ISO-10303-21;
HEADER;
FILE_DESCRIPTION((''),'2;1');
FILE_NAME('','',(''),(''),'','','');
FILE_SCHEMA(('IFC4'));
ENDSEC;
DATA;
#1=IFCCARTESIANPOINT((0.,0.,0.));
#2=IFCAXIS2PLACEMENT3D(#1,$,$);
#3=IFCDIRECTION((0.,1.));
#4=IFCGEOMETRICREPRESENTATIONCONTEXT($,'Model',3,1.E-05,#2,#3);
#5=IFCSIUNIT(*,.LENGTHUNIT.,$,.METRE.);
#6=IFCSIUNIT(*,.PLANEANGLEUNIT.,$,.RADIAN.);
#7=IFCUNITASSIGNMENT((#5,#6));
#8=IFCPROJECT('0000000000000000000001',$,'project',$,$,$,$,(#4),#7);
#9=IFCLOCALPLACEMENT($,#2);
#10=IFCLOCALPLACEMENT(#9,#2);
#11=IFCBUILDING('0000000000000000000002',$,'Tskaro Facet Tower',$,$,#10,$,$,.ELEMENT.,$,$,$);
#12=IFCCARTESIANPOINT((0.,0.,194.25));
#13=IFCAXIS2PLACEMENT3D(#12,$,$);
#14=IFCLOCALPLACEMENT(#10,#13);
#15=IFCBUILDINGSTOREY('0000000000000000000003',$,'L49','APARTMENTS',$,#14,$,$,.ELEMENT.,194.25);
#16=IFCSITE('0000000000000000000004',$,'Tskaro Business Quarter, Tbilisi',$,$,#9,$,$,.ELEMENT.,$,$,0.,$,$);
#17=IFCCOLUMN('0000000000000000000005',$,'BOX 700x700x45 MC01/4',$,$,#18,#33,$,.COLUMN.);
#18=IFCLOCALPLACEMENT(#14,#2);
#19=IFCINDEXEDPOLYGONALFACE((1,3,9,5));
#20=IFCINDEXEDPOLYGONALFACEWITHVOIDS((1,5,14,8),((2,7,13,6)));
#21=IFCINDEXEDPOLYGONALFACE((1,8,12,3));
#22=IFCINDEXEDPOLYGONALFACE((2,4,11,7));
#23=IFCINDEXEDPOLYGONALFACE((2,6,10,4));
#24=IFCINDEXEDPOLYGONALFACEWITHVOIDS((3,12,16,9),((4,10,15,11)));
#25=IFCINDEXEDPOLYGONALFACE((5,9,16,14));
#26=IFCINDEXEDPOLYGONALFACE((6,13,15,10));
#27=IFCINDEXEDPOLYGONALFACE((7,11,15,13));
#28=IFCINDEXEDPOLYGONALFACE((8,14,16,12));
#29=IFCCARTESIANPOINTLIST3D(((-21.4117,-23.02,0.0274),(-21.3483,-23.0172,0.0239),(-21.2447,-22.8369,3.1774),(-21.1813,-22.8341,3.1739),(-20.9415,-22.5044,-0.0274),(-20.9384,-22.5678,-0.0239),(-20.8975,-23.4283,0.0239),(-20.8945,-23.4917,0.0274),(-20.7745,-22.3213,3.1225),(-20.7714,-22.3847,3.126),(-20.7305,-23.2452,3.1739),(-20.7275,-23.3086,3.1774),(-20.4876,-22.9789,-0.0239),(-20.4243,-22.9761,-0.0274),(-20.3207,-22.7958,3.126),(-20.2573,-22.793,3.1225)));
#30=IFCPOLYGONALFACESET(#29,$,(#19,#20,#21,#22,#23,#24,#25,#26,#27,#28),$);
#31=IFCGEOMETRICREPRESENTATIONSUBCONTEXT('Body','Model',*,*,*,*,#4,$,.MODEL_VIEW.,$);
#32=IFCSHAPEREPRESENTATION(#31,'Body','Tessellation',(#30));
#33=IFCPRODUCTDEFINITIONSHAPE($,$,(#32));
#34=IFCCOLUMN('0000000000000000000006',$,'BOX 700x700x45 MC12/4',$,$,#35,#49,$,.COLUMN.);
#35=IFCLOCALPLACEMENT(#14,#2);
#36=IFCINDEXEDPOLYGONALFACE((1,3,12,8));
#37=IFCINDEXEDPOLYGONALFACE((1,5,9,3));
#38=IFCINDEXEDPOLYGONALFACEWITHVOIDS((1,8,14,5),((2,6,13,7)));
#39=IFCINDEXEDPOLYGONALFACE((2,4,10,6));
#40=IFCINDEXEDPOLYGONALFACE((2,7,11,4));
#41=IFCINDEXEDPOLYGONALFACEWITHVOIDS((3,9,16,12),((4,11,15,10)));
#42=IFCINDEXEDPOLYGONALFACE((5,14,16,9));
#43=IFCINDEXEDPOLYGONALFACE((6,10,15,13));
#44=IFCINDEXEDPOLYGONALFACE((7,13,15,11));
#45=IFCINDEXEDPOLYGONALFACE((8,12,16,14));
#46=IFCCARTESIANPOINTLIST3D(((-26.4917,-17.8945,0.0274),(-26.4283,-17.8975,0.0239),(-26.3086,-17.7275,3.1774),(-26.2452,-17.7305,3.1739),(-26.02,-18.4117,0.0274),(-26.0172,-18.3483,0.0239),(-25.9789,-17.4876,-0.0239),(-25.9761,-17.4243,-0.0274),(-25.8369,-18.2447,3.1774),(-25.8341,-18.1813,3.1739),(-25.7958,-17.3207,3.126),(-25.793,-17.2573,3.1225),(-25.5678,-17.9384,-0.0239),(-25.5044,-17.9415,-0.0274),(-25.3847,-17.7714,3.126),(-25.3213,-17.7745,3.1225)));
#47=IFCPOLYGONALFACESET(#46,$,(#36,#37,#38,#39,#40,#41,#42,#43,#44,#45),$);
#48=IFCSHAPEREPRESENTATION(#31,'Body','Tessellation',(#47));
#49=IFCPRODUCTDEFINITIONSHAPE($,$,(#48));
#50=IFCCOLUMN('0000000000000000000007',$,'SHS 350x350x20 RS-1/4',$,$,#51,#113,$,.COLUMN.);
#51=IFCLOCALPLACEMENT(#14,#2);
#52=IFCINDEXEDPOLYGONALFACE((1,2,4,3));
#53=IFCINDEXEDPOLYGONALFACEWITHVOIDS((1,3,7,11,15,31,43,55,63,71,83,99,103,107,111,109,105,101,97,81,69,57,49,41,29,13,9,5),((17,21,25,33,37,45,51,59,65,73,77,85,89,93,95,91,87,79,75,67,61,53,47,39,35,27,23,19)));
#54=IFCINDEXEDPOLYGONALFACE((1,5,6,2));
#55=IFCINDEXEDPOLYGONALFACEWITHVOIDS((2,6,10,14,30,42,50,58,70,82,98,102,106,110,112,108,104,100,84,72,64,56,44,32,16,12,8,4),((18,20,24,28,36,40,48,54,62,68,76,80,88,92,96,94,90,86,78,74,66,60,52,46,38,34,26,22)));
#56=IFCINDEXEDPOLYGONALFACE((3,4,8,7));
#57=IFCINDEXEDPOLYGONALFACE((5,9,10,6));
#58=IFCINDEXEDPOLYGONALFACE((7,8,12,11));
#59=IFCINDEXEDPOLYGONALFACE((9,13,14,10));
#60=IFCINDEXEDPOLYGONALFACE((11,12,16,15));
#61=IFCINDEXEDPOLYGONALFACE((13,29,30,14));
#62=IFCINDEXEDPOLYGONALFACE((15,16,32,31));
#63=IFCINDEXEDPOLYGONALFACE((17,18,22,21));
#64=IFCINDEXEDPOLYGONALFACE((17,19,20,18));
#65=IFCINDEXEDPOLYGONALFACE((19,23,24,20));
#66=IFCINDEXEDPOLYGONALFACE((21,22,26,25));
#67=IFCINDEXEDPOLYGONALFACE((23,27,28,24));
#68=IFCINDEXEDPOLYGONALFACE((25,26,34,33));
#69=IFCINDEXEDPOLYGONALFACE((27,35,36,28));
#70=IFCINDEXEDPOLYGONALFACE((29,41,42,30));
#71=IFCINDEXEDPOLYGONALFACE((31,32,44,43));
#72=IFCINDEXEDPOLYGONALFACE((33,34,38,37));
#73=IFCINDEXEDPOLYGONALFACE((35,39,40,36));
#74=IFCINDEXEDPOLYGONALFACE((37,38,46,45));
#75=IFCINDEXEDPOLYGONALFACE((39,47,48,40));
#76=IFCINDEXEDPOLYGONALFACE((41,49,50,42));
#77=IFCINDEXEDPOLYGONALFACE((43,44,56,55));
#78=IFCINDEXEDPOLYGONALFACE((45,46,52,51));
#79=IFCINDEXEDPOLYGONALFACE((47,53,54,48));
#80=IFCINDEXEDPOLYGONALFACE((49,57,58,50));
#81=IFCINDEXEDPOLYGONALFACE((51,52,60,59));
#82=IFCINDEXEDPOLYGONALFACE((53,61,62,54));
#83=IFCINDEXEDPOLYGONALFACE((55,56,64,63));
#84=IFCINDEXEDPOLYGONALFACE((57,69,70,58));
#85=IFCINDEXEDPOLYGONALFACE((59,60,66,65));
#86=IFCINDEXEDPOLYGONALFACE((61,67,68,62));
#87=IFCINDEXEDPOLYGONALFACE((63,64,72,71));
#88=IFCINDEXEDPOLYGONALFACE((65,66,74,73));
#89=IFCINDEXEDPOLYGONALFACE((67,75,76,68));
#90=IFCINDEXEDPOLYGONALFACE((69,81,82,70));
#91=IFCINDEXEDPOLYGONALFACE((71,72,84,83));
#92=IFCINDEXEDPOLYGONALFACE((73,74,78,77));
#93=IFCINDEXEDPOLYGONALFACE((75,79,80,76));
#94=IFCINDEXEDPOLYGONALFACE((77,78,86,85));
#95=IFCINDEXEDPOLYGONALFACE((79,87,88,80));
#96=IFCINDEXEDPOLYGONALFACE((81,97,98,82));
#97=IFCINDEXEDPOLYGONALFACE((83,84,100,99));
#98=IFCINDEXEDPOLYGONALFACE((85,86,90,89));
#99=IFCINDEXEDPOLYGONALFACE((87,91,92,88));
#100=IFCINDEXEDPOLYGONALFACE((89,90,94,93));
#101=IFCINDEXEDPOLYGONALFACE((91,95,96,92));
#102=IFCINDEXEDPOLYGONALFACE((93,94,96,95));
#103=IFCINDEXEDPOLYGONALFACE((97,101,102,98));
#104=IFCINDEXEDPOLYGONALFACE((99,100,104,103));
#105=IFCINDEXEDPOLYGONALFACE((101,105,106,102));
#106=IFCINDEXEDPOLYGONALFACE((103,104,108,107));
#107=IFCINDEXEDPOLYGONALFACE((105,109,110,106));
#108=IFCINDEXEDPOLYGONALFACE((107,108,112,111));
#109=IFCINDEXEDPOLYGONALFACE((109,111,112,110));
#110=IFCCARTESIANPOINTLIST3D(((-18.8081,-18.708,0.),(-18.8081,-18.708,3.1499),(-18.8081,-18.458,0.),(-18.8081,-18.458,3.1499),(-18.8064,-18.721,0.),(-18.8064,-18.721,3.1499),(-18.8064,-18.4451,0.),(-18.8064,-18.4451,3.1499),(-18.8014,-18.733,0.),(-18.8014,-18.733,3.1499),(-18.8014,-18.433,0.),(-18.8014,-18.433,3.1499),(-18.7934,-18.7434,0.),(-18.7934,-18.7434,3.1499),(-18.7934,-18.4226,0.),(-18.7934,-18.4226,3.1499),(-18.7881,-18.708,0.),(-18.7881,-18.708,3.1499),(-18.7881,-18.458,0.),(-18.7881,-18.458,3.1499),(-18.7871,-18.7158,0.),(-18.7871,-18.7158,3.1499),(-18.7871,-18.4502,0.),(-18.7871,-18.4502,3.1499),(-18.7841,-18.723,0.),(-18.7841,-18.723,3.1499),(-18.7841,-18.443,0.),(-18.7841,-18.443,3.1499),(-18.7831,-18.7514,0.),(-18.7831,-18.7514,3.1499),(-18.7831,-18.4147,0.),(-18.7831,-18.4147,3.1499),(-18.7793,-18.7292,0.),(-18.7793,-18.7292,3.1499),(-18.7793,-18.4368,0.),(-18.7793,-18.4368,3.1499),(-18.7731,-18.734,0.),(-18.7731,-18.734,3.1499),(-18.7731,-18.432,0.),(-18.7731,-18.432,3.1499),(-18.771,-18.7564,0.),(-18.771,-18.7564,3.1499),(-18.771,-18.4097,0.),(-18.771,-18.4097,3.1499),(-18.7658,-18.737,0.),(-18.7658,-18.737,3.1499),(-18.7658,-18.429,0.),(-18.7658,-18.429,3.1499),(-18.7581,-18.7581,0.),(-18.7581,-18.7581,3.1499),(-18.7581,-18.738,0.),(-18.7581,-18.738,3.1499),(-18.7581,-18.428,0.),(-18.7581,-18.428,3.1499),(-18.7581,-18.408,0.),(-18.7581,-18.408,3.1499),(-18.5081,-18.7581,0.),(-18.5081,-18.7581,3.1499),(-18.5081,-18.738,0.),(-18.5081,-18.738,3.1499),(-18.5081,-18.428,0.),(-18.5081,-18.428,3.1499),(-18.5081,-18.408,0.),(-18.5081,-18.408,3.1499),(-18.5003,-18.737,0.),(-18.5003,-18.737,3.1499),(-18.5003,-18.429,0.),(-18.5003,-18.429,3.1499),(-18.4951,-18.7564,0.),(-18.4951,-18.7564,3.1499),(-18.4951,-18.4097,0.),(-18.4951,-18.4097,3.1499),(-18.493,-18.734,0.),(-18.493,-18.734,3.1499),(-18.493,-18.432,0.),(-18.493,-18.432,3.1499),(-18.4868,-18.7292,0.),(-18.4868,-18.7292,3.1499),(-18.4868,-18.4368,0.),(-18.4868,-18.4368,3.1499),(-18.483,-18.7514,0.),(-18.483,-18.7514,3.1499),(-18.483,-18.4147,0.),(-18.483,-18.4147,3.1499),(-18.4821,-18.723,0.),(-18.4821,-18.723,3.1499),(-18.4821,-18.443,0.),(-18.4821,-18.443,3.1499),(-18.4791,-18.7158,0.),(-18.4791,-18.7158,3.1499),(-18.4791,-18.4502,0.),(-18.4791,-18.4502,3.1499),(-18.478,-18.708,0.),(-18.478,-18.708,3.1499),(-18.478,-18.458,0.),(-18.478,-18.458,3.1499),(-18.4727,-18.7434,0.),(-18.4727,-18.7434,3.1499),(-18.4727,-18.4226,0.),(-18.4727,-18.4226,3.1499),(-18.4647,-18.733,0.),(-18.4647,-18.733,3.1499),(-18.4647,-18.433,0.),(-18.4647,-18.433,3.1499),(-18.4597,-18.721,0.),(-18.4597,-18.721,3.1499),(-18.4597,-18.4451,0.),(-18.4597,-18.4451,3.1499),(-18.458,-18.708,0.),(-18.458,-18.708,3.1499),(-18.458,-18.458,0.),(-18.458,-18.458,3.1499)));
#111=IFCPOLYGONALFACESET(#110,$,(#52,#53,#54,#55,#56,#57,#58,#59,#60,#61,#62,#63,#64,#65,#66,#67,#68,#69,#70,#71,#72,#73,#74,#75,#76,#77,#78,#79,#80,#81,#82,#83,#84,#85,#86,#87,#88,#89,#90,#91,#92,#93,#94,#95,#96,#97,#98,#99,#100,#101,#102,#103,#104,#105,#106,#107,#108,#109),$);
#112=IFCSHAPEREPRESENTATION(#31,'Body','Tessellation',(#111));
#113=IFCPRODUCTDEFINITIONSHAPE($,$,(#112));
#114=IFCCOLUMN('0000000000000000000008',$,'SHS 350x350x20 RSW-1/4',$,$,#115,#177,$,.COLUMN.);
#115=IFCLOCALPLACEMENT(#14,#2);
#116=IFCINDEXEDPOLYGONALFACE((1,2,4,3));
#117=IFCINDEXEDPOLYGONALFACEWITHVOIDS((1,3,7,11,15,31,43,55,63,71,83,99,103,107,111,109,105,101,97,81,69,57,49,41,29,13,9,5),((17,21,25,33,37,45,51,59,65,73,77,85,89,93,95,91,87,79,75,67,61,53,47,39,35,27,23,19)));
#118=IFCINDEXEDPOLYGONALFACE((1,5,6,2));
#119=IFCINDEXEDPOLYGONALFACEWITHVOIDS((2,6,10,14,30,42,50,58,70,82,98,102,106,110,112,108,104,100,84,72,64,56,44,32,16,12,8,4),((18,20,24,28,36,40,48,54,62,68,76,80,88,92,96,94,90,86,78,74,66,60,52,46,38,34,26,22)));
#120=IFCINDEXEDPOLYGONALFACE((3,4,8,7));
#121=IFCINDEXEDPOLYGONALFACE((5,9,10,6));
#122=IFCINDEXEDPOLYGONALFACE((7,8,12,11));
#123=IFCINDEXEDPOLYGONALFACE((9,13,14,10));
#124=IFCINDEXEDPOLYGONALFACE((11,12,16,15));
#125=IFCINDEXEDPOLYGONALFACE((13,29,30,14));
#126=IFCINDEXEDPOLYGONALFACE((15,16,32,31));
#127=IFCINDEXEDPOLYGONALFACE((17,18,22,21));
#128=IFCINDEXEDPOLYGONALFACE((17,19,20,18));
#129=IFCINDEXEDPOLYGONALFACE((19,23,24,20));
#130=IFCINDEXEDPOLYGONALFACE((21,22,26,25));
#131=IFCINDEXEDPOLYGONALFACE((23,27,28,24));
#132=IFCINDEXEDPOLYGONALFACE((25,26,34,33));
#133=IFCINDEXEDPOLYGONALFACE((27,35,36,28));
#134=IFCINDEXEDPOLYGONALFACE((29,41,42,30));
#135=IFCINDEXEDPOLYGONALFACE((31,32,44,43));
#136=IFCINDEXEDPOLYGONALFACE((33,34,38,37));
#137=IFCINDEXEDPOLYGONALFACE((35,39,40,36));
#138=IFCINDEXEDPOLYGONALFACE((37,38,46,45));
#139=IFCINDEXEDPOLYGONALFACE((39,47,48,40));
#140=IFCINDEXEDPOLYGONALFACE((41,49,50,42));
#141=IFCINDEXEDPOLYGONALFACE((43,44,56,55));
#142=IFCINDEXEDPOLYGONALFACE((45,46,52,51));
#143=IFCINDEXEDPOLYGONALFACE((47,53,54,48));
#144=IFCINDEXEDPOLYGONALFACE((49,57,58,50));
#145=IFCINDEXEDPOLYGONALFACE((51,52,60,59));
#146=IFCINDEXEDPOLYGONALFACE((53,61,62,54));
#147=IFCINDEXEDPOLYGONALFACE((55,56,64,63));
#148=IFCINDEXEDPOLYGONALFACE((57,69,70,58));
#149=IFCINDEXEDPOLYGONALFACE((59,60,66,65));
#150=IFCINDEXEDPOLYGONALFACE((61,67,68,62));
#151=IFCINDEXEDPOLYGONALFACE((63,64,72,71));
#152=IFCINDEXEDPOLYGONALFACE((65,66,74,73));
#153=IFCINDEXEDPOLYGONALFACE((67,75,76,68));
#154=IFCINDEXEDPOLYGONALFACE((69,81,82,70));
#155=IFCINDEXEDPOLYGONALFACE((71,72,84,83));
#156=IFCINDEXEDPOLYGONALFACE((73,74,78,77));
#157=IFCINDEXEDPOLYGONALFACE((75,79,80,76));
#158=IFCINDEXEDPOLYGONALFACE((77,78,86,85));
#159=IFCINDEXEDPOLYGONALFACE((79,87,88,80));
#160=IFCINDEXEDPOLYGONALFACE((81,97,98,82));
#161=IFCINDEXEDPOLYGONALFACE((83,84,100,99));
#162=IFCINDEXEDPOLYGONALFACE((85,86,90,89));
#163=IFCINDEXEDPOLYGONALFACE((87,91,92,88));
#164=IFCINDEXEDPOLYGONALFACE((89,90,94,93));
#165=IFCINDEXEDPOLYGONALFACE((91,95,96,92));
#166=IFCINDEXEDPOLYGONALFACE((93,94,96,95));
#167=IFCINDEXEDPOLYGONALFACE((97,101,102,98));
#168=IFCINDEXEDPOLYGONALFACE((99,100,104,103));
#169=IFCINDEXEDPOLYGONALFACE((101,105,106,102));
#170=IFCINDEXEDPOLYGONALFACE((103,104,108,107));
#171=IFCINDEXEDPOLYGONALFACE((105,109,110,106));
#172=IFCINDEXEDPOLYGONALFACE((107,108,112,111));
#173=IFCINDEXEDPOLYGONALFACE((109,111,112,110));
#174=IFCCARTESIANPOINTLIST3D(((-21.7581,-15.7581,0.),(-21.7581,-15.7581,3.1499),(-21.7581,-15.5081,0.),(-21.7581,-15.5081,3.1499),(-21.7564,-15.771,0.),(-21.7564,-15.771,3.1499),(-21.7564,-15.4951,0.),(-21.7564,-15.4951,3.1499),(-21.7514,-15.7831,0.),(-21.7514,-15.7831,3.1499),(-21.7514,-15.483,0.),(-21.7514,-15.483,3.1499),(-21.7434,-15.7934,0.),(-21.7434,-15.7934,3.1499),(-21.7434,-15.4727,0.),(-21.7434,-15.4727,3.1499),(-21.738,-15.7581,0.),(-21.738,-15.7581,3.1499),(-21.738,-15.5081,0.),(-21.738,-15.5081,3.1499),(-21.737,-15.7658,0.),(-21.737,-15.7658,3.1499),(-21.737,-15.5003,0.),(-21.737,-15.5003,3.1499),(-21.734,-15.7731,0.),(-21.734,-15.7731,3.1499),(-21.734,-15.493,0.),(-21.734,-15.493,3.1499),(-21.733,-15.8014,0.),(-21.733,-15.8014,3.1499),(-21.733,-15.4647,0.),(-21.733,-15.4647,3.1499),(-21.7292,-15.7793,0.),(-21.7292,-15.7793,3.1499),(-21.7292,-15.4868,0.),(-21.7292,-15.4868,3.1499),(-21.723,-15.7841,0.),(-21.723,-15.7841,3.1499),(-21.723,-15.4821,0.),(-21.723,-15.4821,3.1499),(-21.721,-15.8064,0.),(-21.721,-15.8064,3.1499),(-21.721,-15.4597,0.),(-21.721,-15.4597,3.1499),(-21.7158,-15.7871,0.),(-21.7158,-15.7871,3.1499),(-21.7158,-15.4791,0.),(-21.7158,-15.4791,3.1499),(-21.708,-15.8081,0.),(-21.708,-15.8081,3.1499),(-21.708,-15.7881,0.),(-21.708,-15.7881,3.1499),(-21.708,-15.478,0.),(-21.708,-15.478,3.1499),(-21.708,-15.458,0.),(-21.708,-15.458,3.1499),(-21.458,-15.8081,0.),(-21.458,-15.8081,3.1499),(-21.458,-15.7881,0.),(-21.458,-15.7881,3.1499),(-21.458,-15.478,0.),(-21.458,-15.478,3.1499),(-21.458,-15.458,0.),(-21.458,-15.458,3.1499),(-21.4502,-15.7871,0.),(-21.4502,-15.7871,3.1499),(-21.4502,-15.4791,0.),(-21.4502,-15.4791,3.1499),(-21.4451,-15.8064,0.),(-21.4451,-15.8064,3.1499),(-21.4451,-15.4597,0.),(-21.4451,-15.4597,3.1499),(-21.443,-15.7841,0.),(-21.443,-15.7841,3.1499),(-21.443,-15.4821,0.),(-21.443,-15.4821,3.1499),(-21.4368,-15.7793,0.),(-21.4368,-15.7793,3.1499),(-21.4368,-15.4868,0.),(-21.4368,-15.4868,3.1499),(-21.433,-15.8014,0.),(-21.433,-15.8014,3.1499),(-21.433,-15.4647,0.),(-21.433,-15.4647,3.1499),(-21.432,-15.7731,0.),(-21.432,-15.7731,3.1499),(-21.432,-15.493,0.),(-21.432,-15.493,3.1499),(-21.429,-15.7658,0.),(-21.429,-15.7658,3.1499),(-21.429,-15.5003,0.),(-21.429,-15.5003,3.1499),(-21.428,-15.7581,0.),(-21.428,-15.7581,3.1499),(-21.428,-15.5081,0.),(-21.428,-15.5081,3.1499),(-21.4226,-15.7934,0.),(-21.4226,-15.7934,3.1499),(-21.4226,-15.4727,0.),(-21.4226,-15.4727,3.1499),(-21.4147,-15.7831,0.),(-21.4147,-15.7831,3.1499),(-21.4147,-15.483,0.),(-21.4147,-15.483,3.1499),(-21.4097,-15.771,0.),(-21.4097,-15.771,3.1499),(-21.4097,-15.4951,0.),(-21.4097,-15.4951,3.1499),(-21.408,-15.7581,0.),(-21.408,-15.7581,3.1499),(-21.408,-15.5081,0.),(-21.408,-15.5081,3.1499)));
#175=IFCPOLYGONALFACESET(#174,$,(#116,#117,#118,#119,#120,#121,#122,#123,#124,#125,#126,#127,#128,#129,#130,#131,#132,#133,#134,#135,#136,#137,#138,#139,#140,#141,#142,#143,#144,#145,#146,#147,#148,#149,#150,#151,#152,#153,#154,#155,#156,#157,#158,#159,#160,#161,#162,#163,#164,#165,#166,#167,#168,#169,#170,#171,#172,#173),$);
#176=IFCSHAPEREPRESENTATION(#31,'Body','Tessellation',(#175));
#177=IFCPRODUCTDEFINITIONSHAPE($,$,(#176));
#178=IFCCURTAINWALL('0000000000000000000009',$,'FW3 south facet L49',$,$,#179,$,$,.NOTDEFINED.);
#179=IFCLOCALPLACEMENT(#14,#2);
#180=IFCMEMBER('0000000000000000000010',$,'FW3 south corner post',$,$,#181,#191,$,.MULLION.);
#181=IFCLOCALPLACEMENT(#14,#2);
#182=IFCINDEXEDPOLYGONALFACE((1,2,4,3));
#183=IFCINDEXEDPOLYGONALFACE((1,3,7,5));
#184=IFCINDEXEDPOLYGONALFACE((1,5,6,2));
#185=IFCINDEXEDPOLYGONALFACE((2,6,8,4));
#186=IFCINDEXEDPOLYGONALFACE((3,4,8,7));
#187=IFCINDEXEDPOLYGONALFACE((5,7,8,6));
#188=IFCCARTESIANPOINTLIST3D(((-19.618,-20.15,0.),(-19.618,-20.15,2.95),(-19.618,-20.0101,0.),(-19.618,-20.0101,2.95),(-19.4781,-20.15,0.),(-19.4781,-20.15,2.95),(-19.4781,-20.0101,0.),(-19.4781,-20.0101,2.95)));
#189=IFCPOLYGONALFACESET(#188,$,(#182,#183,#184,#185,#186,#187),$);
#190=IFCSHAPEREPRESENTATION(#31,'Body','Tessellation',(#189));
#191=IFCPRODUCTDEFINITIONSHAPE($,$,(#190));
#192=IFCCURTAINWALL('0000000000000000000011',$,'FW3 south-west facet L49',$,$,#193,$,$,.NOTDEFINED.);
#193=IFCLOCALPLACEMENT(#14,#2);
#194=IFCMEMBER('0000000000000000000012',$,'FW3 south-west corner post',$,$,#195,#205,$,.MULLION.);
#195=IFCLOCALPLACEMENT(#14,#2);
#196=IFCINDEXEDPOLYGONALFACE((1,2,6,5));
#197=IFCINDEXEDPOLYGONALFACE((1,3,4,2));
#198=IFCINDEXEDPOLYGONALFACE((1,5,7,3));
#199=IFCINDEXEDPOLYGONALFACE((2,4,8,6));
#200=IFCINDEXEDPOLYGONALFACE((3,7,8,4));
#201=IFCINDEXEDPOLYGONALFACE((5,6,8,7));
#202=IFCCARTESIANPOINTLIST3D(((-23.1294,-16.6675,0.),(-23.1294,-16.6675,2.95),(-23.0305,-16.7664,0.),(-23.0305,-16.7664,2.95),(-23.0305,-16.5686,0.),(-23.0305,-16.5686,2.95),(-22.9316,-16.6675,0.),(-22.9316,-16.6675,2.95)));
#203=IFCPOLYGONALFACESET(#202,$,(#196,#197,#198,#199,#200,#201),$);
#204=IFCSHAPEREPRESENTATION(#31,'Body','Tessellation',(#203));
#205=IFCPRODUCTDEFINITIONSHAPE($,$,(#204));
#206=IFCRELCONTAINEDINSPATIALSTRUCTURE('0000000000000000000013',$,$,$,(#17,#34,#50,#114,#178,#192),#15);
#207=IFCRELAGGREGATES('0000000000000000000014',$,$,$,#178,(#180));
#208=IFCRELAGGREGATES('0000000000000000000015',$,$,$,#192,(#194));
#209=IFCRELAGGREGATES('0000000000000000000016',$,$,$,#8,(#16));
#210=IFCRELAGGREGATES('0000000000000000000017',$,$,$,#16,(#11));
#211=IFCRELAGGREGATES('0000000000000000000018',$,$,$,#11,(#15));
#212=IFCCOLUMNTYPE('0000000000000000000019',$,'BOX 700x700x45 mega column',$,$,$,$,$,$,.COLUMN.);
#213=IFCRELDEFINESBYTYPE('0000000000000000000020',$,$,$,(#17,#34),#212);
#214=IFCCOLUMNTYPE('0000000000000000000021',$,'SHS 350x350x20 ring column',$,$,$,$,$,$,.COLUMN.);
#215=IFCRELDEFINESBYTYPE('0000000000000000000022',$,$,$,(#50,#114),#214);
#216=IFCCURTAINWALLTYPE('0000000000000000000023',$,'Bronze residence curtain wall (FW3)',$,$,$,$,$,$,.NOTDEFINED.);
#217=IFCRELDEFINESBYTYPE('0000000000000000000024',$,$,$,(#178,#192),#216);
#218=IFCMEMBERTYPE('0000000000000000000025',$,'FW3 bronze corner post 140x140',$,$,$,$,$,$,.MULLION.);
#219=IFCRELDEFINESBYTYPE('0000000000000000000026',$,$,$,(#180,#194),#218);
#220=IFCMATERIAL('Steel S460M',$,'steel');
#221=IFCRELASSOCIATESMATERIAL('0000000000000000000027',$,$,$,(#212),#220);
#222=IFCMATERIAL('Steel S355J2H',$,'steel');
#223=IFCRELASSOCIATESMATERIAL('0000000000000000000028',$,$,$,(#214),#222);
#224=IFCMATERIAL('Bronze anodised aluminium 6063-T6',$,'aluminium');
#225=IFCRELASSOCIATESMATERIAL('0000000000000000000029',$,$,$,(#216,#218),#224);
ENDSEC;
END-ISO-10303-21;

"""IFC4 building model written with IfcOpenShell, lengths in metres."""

from ifc_helpers import new_model, si_unit, direction, frame, origin, origin_2d, place, context, subcontext, project, spatial, rectangle, hollow_rectangle, extrude, material, material_profile, profile_set, type_object, element, aggregate, save


model = new_model("IFC4")

# Units and contexts
model_context = context("Model", 3, precision=1e-05, world=origin(), true_north=direction((0.0, 1.0)))
body_context = subcontext(model_context, "Body", "Model", "MODEL_VIEW")
ifc_project = project(units=[si_unit("LENGTHUNIT", "METRE"), si_unit("PLANEANGLEUNIT", "RADIAN")], contexts=[model_context])

# Site, building, storey
site_placement = place(None, origin())
site = spatial("IfcSite", under=ifc_project, at=site_placement, Name="Tskaro Business Quarter, Tbilisi", CompositionType="ELEMENT", RefElevation=0.0)
building_placement = place(site_placement, origin())
building = spatial("IfcBuilding", under=site, at=building_placement, Name="Tskaro Facet Tower", CompositionType="ELEMENT")
storey_placement = place(building_placement, frame((0.0, 0.0, 194.25)))
storey = spatial("IfcBuildingStorey", under=building, at=storey_placement, Name="L49", Description="APARTMENTS", CompositionType="ELEMENT", Elevation=194.25)

# Columns
ifc_material_1 = material(Name="Steel S460M", Category="steel")
ifc_material_profile_1 = material_profile(ifc_material_1, hollow_rectangle(XDim=0.7, YDim=0.7, WallThickness=0.0449, at=origin_2d()), Name="BOX 700x700x45")
ifc_profile_set_1 = profile_set([ifc_material_profile_1], Name="Steel S460M")
column_type_1 = type_object("IfcColumnType", Name="BOX 700x700x45 mega column", PredefinedType="COLUMN", material=ifc_profile_set_1)
for number, where, z_axis, x_axis, name in (
    (1, (-20.918, -22.998, 0.0), (0.052852, 0.057951, 0.996919), (-0.738869, 0.673849, 0.0), "BOX 700x700x45 MC01/4"),
    (2, (-25.998, -17.918, 0.0), (0.057951, 0.052852, 0.996919), (-0.673849, 0.738869, 0.0), "BOX 700x700x45 MC12/4"),
):
    element("IfcColumn", number, at=place(storey_placement, frame(where, z_axis=z_axis, x_axis=x_axis)), inside=storey, type_object=column_type_1, Name=name, PredefinedType="COLUMN", context=body_context, shape_type="SweptSolid", body=[
        extrude(hollow_rectangle(XDim=0.7, YDim=0.7, WallThickness=0.0449, at=origin_2d()), origin(), (0.0, 0.0, 1.0), 3.1597),
    ])
ifc_material_2 = material(Name="Steel S355J2H", Category="steel")
ifc_material_profile_2 = material_profile(ifc_material_2, hollow_rectangle(XDim=0.3501, YDim=0.3501, WallThickness=0.02, InnerFilletRadius=0.03, OuterFilletRadius=0.05, at=origin_2d()), Name="SHS 350x350x20")
ifc_profile_set_2 = profile_set([ifc_material_profile_2], Name="Steel S355J2H")
column_type_2 = type_object("IfcColumnType", Name="SHS 350x350x20 ring column", PredefinedType="COLUMN", material=ifc_profile_set_2)
for number, where, z_axis, x_axis, name in (
    (3, (-18.6331, -18.583, 0.0), (0.0, 0.0, 1.0), (1.0, 0.0, 0.0), "SHS 350x350x20 RS-1/4"),
    (4, (-21.583, -15.6331, 0.0), (0.0, 0.0, 1.0), (1.0, 0.0, 0.0), "SHS 350x350x20 RSW-1/4"),
):
    element("IfcColumn", number, at=place(storey_placement, frame(where, z_axis=z_axis, x_axis=x_axis)), inside=storey, type_object=column_type_2, Name=name, PredefinedType="COLUMN", context=body_context, shape_type="SweptSolid", body=[
        extrude(hollow_rectangle(XDim=0.3501, YDim=0.3501, WallThickness=0.02, InnerFilletRadius=0.03, OuterFilletRadius=0.05, at=origin_2d()), origin(), (0.0, 0.0, 1.0), 3.1499),
    ])

# Curtain walls, members
ifc_material_3 = material(Name="Bronze anodised aluminium 6063-T6", Category="aluminium")
curtain_wall_type = type_object("IfcCurtainWallType", Name="Bronze residence curtain wall (FW3)", PredefinedType="NOTDEFINED", material=ifc_material_3)
curtain_wall_1_placement = place(storey_placement, origin())
curtain_wall_1 = element("IfcCurtainWall", 5, at=curtain_wall_1_placement, inside=storey, type_object=curtain_wall_type, Name="FW3 south facet L49", PredefinedType="NOTDEFINED")
ifc_material_profile_3 = material_profile(ifc_material_3, rectangle(XDim=0.1399, YDim=0.1399, at=origin_2d()), Name="Corner post 140x140")
ifc_profile_set_3 = profile_set([ifc_material_profile_3], Name="Bronze anodised aluminium 6063-T6")
member_type_1 = type_object("IfcMemberType", Name="FW3 bronze corner post 140x140", PredefinedType="MULLION", material=ifc_profile_set_3)
member_1_placement = place(storey_placement, frame((-19.5481, -20.0801, 0.0), z_axis=(0.0, 0.0, 1.0), x_axis=(1.0, 0.0, 0.0)))
member_1 = element("IfcMember", 6, at=member_1_placement, type_object=member_type_1, Name="FW3 south corner post", PredefinedType="MULLION", context=body_context, shape_type="SweptSolid", body=[
    extrude(rectangle(XDim=0.1399, YDim=0.1399, at=origin_2d()), origin(), (0.0, 0.0, 1.0), 2.95),
])
curtain_wall_2_placement = place(storey_placement, origin())
curtain_wall_2 = element("IfcCurtainWall", 7, at=curtain_wall_2_placement, inside=storey, type_object=curtain_wall_type, Name="FW3 south-west facet L49", PredefinedType="NOTDEFINED")
member_2_placement = place(storey_placement, frame((-23.0305, -16.6675, 0.0), z_axis=(0.0, 0.0, 1.0), x_axis=(0.707107, -0.707107, 0.0)))
member_2 = element("IfcMember", 8, at=member_2_placement, type_object=member_type_1, Name="FW3 south-west corner post", PredefinedType="MULLION", context=body_context, shape_type="SweptSolid", body=[
    extrude(rectangle(XDim=0.1399, YDim=0.1399, at=origin_2d()), origin(), (0.0, 0.0, 1.0), 2.95),
])

aggregate(curtain_wall_1, [member_1])

aggregate(curtain_wall_2, [member_2])

save(model, "model.ifc")
